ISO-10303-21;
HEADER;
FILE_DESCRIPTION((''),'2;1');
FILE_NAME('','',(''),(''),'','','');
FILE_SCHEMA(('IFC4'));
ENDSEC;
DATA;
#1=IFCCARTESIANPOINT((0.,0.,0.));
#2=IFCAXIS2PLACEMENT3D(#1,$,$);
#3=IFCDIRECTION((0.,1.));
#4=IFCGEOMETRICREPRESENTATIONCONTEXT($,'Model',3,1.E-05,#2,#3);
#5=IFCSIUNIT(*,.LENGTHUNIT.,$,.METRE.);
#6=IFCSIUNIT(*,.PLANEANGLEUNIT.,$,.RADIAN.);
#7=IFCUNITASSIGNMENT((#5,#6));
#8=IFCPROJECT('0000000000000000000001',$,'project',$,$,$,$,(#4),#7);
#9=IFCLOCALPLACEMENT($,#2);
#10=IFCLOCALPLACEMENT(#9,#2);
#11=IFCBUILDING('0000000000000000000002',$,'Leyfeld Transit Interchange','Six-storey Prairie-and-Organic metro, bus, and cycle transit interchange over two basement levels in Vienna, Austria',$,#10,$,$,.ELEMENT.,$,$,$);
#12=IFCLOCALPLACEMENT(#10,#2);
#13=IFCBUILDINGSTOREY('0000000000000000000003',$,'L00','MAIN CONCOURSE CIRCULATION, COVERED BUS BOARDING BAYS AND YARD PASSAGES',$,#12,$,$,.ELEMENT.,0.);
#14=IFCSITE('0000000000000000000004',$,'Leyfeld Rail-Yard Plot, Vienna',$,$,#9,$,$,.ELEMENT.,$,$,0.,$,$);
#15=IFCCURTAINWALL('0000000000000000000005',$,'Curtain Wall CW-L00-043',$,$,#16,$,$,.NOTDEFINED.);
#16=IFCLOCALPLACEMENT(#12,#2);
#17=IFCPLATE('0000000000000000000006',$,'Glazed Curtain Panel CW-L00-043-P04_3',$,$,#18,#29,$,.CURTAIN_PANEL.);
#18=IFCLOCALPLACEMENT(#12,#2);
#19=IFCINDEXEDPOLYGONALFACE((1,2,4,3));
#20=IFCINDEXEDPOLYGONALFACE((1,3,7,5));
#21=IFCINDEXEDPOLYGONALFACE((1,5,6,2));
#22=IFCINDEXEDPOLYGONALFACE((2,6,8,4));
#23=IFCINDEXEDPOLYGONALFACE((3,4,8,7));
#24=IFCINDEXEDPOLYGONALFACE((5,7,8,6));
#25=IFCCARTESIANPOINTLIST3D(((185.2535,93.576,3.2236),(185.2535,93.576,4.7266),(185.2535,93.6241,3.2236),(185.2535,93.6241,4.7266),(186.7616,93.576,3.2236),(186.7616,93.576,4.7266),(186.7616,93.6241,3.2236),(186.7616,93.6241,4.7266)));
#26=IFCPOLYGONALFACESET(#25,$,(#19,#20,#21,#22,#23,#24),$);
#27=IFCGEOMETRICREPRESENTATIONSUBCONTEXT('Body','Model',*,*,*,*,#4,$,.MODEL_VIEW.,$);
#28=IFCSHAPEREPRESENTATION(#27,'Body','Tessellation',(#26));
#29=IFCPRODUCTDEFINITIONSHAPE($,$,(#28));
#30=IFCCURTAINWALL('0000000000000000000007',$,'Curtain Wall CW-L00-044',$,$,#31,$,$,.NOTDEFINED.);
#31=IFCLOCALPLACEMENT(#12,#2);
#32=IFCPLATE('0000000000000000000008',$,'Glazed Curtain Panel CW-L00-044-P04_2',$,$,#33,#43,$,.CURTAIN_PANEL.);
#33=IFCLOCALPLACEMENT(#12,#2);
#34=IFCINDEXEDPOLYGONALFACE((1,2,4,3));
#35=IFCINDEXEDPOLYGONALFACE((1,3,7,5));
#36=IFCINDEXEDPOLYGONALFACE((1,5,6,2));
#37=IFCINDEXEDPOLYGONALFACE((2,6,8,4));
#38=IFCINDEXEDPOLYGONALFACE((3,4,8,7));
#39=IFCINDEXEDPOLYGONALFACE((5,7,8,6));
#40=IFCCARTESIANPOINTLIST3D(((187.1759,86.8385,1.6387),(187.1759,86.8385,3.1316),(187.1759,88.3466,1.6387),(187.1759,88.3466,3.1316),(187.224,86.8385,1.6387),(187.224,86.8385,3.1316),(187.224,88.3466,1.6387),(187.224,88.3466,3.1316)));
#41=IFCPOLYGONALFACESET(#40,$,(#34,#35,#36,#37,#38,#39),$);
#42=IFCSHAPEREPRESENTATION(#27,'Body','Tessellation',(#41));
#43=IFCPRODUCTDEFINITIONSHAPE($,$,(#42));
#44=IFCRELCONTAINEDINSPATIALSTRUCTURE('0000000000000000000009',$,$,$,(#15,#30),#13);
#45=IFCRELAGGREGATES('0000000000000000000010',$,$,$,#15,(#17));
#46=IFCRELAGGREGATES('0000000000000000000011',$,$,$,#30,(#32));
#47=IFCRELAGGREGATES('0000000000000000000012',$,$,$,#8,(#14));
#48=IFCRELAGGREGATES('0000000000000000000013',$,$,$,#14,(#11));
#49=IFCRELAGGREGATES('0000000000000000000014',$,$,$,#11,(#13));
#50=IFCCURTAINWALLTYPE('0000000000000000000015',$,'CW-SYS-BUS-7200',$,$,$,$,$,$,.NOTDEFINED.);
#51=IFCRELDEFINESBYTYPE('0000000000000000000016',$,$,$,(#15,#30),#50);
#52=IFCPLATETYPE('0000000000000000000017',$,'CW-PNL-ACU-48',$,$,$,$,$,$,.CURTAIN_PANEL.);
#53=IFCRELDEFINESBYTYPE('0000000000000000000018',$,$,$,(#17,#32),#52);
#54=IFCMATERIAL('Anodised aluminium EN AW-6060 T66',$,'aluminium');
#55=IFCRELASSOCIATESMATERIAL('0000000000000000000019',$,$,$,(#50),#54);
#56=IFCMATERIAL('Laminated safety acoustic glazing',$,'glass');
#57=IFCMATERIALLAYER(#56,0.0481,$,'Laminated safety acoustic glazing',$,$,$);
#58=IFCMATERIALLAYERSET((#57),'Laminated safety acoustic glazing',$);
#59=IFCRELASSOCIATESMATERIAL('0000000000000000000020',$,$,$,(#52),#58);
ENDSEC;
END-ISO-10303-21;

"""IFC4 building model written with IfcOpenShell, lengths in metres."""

from ifc_helpers import new_model, si_unit, direction, frame, origin, origin_2d, place, context, subcontext, project, spatial, rectangle, extrude, material, layer, layer_set, type_object, element, aggregate, save


model = new_model("IFC4")

# Units and contexts
model_context = context("Model", 3, precision=1e-05, world=origin(), true_north=direction((0.0, 1.0)))
body_context = subcontext(model_context, "Body", "Model", "MODEL_VIEW")
ifc_project = project(units=[si_unit("LENGTHUNIT", "METRE"), si_unit("PLANEANGLEUNIT", "RADIAN")], contexts=[model_context])

# Site, building, storey
site_placement = place(None, origin())
site = spatial("IfcSite", under=ifc_project, at=site_placement, Name="Leyfeld Rail-Yard Plot, Vienna", CompositionType="ELEMENT", RefElevation=0.0)
building_placement = place(site_placement, origin())
building = spatial("IfcBuilding", under=site, at=building_placement, Name="Leyfeld Transit Interchange", Description="Six-storey Prairie-and-Organic metro, bus, and cycle transit interchange over two basement levels in Vienna, Austria", CompositionType="ELEMENT")
storey_placement = place(building_placement, origin())
storey = spatial("IfcBuildingStorey", under=building, at=storey_placement, Name="L00", Description="MAIN CONCOURSE CIRCULATION, COVERED BUS BOARDING BAYS AND YARD PASSAGES", CompositionType="ELEMENT", Elevation=0.0)

# Curtain wall, plate
ifc_material_1 = material(Name="Anodised aluminium EN AW-6060 T66", Category="aluminium")
curtain_wall_type = type_object("IfcCurtainWallType", Name="CW-SYS-BUS-7200", PredefinedType="NOTDEFINED", material=ifc_material_1)
curtain_wall_1_placement = place(storey_placement, origin())
curtain_wall_1 = element("IfcCurtainWall", 1, at=curtain_wall_1_placement, inside=storey, type_object=curtain_wall_type, Name="Curtain Wall CW-L00-043", PredefinedType="NOTDEFINED")
ifc_material_2 = material(Name="Laminated safety acoustic glazing", Category="glass")
ifc_layer = layer(ifc_material_2, 0.0481, Name="Laminated safety acoustic glazing")
ifc_layer_set = layer_set([ifc_layer], Name="Laminated safety acoustic glazing")
plate_type = type_object("IfcPlateType", Name="CW-PNL-ACU-48", PredefinedType="CURTAIN_PANEL", material=ifc_layer_set)
plate_1_placement = place(storey_placement, frame((186.0076, 93.6001, 3.2236), z_axis=(0.0, 0.0, 1.0), x_axis=(1.0, 0.0, 0.0)))
plate_1 = element("IfcPlate", 2, at=plate_1_placement, type_object=plate_type, Name="Glazed Curtain Panel CW-L00-043-P04_3", PredefinedType="CURTAIN_PANEL", context=body_context, shape_type="SweptSolid", body=[
    extrude(rectangle(XDim=1.5081, YDim=0.0481, at=origin_2d()), origin(), (0.0, 0.0, 1.0), 1.5029),
])
aggregate(curtain_wall_1, [plate_1])

# Curtain wall, plate
curtain_wall_2_placement = place(storey_placement, origin())
curtain_wall_2 = element("IfcCurtainWall", 3, at=curtain_wall_2_placement, inside=storey, type_object=curtain_wall_type, Name="Curtain Wall CW-L00-044", PredefinedType="NOTDEFINED")
plate_2_placement = place(storey_placement, frame((187.2, 87.5925, 1.6387), z_axis=(0.0, 0.0, 1.0), x_axis=(0.0, -1.0, 0.0)))
plate_2 = element("IfcPlate", 4, at=plate_2_placement, type_object=plate_type, Name="Glazed Curtain Panel CW-L00-044-P04_2", PredefinedType="CURTAIN_PANEL", context=body_context, shape_type="SweptSolid", body=[
    extrude(rectangle(XDim=1.5081, YDim=0.0481, at=origin_2d()), origin(), (0.0, 0.0, 1.0), 1.4929),
])
aggregate(curtain_wall_2, [plate_2])

save(model, "model.ifc")
